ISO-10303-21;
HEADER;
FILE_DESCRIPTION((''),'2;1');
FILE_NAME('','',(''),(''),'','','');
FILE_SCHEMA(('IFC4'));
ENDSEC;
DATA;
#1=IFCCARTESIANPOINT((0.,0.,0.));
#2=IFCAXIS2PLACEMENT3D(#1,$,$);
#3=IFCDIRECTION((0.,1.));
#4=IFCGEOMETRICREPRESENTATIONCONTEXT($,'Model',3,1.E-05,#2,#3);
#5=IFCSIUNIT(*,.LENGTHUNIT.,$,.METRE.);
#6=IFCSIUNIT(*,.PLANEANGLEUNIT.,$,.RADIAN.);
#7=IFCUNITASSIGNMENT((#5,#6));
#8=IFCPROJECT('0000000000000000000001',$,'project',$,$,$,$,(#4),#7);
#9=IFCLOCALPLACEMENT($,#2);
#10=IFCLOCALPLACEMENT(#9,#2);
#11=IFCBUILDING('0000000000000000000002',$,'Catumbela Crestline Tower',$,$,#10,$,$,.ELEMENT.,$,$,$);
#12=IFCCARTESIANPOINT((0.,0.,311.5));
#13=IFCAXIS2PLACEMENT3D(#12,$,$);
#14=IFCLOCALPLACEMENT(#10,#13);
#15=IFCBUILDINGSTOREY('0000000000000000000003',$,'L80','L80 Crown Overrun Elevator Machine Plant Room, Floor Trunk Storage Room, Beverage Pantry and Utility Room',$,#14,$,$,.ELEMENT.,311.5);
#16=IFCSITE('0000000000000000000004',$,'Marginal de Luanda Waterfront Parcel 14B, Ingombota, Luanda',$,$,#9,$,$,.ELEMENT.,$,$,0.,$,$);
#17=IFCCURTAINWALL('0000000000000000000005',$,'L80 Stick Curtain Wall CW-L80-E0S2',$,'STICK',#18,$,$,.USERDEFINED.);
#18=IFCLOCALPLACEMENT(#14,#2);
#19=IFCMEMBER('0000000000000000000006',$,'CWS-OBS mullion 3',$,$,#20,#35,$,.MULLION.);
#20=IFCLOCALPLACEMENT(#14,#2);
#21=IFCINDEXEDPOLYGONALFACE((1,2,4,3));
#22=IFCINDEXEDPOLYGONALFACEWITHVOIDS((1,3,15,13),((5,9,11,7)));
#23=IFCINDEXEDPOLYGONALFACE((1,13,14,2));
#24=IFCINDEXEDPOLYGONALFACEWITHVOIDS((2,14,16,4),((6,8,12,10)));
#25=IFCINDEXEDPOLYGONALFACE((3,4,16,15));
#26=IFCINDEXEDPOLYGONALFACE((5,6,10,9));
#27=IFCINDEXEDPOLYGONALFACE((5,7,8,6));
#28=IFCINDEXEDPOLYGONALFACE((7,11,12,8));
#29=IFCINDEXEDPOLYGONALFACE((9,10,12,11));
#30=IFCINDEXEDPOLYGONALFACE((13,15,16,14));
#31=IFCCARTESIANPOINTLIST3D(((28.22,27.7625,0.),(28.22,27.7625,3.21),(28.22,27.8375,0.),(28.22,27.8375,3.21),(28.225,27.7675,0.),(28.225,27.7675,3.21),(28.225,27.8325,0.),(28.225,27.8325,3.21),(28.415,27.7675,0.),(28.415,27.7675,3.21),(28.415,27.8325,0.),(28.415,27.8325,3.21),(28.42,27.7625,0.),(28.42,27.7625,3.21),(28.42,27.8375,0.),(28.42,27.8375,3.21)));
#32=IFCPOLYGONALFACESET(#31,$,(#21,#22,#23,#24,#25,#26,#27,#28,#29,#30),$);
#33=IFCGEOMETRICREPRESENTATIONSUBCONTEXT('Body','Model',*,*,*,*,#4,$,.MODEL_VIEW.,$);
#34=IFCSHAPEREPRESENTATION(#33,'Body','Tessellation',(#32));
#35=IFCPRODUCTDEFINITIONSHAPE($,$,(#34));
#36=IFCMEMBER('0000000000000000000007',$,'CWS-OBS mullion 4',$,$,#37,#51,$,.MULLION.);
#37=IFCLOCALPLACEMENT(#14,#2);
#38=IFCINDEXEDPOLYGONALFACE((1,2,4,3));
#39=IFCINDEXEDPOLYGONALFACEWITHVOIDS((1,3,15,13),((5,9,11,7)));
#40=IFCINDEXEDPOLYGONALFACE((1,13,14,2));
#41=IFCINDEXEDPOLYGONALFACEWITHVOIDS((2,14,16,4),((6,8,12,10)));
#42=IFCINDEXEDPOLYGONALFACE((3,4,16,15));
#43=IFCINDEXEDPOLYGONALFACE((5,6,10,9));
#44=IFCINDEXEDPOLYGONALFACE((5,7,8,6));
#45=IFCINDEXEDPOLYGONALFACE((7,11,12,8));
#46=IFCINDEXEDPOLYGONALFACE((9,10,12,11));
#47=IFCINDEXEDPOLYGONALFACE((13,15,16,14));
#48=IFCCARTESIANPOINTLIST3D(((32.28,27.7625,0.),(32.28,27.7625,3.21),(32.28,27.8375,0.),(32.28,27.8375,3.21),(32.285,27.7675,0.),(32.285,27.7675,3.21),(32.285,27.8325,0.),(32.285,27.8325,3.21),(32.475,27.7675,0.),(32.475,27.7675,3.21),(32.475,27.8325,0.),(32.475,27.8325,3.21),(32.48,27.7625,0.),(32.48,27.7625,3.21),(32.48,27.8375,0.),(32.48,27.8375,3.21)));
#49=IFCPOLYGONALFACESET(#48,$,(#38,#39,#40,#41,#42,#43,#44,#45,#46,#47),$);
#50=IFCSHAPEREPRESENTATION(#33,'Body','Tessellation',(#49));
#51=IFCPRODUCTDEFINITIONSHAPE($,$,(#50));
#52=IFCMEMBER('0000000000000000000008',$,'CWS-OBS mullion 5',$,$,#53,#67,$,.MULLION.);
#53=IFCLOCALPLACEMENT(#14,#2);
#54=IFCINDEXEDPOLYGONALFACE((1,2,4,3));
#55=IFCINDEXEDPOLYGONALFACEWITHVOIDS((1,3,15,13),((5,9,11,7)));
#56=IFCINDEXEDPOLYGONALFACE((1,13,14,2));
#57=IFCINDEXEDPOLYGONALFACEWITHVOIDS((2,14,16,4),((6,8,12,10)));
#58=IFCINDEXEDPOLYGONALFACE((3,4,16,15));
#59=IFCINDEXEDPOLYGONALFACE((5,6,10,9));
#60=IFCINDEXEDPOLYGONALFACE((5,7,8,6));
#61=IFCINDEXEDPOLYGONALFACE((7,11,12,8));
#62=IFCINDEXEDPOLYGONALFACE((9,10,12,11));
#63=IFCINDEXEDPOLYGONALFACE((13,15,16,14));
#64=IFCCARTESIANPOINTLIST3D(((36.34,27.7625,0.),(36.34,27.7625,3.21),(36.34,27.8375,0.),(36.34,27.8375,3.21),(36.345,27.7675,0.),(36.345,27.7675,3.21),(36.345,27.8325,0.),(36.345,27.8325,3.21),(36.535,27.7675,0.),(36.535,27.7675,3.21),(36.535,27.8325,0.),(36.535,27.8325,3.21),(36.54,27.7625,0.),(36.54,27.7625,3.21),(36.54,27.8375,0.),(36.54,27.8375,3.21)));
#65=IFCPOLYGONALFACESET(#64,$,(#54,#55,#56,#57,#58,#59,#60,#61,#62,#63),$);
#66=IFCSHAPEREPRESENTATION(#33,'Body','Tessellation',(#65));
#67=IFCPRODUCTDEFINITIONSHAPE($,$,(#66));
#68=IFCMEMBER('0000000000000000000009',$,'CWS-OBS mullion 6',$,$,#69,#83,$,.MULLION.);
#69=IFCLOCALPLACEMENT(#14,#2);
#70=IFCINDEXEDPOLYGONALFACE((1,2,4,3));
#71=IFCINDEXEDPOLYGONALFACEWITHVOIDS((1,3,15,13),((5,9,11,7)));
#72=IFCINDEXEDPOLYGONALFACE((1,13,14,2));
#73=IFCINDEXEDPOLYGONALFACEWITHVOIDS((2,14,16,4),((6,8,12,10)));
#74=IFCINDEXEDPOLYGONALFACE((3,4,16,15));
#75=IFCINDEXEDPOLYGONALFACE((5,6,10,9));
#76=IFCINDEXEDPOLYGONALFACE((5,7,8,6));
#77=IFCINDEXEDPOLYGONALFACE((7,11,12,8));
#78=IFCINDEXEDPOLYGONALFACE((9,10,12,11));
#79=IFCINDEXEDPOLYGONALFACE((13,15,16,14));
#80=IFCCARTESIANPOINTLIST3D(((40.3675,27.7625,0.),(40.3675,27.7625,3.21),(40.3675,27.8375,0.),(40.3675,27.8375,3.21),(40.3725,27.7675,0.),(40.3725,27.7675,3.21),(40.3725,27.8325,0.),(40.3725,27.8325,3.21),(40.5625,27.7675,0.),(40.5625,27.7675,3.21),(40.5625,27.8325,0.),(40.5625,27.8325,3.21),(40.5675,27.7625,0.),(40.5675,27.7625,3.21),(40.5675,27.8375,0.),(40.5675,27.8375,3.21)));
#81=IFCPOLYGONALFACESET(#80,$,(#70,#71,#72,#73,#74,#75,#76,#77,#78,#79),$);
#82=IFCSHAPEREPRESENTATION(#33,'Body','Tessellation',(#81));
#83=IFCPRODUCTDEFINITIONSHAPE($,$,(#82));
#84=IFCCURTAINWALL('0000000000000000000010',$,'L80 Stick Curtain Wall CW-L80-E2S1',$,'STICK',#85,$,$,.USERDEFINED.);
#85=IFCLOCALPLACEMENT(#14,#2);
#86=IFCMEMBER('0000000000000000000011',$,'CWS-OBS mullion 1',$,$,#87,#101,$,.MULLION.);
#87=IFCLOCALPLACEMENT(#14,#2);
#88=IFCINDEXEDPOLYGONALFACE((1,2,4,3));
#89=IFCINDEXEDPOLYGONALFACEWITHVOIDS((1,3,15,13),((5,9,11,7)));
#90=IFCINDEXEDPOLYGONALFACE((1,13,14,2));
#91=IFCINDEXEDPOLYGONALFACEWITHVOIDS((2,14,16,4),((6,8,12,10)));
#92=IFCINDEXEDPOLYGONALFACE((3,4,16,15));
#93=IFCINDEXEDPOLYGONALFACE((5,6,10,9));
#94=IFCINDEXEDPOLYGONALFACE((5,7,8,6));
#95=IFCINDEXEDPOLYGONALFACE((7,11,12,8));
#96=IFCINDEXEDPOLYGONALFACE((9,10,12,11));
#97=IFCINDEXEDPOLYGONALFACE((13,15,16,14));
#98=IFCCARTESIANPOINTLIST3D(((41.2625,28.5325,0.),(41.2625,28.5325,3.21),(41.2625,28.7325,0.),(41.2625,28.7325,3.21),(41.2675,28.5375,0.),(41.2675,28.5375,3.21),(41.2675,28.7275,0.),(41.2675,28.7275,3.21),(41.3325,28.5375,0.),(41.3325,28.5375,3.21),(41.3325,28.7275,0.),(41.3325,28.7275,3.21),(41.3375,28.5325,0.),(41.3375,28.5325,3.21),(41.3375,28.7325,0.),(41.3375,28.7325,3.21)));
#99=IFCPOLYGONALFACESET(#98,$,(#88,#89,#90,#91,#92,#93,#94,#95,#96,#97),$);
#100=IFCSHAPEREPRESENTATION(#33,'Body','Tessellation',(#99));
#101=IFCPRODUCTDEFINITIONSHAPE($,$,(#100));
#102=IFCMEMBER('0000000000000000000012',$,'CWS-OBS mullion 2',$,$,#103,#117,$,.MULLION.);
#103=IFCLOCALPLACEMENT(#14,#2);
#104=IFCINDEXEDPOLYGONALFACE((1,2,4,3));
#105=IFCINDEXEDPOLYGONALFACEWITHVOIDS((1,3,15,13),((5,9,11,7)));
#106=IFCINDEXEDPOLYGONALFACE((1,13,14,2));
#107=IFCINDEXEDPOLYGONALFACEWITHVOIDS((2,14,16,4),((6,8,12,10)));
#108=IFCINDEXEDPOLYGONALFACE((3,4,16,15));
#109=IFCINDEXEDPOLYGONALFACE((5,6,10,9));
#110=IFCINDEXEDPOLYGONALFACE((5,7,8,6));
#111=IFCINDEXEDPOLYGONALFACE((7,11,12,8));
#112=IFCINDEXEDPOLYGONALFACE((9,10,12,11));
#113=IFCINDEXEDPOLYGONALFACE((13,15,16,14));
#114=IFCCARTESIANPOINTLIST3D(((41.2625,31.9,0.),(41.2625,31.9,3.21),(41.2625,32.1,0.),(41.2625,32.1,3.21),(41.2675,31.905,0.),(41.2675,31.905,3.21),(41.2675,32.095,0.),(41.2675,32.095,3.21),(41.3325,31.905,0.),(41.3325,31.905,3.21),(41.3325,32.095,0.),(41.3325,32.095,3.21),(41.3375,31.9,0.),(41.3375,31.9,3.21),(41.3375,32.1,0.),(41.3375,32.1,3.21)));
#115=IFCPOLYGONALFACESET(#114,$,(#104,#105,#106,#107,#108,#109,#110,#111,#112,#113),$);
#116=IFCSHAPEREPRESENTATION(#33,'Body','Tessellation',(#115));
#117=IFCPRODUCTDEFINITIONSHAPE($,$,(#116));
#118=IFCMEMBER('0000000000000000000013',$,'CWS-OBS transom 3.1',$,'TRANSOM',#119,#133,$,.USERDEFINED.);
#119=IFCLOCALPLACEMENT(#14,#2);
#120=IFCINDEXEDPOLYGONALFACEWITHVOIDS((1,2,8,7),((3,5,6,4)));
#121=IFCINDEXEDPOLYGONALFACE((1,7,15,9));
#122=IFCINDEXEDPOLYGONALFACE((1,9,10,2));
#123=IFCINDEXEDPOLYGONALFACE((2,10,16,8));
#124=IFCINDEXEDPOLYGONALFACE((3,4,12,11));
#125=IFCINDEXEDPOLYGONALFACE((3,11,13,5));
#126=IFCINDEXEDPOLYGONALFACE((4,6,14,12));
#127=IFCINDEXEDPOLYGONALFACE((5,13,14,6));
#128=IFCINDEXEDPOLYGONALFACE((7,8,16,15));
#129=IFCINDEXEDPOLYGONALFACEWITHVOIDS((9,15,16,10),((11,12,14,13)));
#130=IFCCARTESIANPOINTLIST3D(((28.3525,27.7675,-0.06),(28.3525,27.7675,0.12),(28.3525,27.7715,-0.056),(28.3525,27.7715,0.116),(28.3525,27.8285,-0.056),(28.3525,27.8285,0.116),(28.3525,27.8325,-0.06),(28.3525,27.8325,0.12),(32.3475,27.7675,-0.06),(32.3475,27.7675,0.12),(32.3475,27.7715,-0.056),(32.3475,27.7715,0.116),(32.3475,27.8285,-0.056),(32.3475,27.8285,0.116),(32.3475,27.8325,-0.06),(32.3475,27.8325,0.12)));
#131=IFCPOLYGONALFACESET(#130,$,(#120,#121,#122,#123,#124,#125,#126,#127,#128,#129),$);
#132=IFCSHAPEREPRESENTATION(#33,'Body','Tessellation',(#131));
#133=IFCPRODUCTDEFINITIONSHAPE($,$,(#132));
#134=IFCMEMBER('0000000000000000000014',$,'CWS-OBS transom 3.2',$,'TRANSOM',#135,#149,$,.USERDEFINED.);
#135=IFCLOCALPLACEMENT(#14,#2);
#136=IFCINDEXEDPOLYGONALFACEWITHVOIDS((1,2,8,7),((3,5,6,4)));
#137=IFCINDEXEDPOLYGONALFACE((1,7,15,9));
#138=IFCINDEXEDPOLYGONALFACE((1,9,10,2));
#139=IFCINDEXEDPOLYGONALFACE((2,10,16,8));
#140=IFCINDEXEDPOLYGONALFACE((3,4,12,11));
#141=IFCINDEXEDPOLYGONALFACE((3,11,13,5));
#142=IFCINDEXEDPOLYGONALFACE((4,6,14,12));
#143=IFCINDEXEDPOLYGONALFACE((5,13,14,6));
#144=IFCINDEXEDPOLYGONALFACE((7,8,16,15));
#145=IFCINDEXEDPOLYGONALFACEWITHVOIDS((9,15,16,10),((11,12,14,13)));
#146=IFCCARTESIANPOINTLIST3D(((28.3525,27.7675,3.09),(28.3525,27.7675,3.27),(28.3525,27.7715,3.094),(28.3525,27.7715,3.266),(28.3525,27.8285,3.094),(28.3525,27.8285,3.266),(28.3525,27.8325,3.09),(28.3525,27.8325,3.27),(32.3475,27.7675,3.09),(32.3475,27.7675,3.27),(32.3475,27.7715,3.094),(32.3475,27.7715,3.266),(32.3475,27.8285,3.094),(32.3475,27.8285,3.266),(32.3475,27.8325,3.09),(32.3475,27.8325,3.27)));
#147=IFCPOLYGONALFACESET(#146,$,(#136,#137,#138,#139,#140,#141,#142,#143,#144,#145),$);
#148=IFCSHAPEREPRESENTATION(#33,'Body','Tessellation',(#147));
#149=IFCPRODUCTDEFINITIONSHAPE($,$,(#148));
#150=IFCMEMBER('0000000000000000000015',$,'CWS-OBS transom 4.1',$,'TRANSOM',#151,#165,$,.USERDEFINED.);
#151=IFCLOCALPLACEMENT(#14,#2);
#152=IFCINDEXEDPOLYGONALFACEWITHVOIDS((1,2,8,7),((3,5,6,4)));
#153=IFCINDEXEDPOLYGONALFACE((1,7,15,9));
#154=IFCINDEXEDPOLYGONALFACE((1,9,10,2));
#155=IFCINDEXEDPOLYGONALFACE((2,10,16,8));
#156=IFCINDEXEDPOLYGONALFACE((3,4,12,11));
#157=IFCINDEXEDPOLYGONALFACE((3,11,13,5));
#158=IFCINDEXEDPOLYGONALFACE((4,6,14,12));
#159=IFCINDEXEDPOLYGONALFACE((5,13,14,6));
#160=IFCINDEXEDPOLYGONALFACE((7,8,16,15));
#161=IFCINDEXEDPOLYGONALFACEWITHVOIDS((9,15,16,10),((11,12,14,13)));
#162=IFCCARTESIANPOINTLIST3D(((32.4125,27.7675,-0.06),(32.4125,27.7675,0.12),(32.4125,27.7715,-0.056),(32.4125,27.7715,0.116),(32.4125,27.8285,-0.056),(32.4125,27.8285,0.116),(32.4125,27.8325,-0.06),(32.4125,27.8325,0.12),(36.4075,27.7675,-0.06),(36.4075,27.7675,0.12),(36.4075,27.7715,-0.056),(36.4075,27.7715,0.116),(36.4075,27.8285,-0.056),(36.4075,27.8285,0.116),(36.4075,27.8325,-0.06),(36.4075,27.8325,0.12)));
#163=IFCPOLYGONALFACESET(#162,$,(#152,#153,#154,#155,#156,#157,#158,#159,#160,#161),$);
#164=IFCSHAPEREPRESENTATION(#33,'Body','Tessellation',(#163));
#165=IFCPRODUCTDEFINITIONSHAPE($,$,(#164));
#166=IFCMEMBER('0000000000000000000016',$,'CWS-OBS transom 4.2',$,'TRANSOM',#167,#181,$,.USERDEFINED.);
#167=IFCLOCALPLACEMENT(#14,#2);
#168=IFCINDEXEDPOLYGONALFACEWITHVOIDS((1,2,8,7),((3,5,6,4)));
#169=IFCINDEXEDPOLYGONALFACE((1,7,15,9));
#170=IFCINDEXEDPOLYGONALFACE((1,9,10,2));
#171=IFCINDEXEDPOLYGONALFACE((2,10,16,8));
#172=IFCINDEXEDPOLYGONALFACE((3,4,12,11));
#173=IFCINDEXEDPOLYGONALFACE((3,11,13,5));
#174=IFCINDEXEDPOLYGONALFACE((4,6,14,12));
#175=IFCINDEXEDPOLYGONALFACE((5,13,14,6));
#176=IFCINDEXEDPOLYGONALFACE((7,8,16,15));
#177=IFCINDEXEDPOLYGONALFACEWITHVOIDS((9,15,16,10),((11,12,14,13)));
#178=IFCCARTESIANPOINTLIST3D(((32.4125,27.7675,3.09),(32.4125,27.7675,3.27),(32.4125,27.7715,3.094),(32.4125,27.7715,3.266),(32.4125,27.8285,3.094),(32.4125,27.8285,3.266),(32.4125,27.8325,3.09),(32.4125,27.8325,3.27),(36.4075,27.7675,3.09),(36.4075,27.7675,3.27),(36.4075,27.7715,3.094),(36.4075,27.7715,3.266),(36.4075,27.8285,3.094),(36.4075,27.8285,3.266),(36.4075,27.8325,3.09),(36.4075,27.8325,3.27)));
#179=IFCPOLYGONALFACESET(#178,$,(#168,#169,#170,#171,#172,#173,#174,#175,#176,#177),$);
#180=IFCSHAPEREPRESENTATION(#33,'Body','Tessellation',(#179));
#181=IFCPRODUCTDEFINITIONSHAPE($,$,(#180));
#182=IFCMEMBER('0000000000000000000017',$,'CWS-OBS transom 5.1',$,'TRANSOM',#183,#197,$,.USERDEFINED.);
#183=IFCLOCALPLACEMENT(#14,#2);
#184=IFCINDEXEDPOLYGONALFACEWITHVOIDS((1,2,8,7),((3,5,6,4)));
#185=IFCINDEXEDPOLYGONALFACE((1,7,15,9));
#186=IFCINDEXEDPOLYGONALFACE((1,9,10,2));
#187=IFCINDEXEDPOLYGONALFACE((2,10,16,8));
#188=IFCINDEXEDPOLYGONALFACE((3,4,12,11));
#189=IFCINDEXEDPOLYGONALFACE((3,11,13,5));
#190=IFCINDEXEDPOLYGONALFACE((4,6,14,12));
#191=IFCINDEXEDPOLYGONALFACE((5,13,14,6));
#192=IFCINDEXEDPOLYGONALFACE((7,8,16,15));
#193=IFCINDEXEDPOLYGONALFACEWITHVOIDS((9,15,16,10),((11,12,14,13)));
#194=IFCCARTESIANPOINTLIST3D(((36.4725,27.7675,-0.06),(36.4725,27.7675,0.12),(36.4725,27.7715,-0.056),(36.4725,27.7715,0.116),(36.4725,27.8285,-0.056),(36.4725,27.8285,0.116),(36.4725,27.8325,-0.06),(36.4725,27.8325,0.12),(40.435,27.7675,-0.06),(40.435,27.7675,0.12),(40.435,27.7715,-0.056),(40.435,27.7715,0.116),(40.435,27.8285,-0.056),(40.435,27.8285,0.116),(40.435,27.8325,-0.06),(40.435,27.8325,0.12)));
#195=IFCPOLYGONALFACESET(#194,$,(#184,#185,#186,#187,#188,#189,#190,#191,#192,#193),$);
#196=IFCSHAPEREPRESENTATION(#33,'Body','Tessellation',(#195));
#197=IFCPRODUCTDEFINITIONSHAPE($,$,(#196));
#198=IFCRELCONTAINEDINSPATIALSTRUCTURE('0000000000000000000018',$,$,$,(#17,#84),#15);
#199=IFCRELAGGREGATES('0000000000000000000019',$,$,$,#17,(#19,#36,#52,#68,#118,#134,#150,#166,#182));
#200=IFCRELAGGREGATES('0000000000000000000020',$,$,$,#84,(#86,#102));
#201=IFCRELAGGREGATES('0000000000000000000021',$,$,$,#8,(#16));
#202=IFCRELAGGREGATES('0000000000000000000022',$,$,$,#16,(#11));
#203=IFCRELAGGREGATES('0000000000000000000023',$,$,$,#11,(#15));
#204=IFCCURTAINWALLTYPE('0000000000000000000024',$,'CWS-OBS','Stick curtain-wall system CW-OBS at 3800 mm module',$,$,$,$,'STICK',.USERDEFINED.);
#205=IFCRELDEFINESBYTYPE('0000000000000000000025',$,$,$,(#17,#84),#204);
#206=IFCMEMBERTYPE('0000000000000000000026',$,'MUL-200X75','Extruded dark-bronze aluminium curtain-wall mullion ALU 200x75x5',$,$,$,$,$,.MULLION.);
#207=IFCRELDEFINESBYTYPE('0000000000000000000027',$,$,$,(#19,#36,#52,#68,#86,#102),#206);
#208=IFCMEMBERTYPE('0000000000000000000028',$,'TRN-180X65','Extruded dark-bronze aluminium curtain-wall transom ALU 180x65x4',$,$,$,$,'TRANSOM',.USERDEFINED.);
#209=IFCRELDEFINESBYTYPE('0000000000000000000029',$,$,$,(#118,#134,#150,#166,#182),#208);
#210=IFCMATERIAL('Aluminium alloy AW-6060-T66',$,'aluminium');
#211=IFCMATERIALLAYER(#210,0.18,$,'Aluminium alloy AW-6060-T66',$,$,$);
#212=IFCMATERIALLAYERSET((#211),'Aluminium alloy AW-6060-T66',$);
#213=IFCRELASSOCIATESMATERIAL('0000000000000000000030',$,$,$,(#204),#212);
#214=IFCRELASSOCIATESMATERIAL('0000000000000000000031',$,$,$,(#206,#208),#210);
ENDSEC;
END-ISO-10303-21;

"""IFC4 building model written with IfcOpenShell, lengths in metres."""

from ifc_helpers import new_model, si_unit, direction, frame, origin, origin_2d, place, context, subcontext, project, spatial, hollow_rectangle, extrude, material, layer, layer_set, material_profile, profile_set, type_object, element, aggregate, save


model = new_model("IFC4")

# Units and contexts
model_context = context("Model", 3, precision=1e-05, world=origin(), true_north=direction((0.0, 1.0)))
body_context = subcontext(model_context, "Body", "Model", "MODEL_VIEW")
ifc_project = project(units=[si_unit("LENGTHUNIT", "METRE"), si_unit("PLANEANGLEUNIT", "RADIAN")], contexts=[model_context])

# Site, building, storey
site_placement = place(None, origin())
site = spatial("IfcSite", under=ifc_project, at=site_placement, Name="Marginal de Luanda Waterfront Parcel 14B, Ingombota, Luanda", CompositionType="ELEMENT", RefElevation=0.0)
building_placement = place(site_placement, origin())
building = spatial("IfcBuilding", under=site, at=building_placement, Name="Catumbela Crestline Tower", CompositionType="ELEMENT")
storey_placement = place(building_placement, frame((0.0, 0.0, 311.5)))
storey = spatial("IfcBuildingStorey", under=building, at=storey_placement, Name="L80", Description="L80 Crown Overrun Elevator Machine Plant Room, Floor Trunk Storage Room, Beverage Pantry and Utility Room", CompositionType="ELEMENT", Elevation=311.5)

# Curtain walls, members
ifc_material_1 = material(Name="Aluminium alloy AW-6060-T66", Category="aluminium")
ifc_layer_1 = layer(ifc_material_1, 0.18, Name="Aluminium alloy AW-6060-T66")
ifc_layer_set_1 = layer_set([ifc_layer_1], Name="Aluminium alloy AW-6060-T66")
curtain_wall_type = type_object("IfcCurtainWallType", Name="CWS-OBS", Description="Stick curtain-wall system CW-OBS at 3800 mm module", ElementType="STICK", PredefinedType="USERDEFINED", material=ifc_layer_set_1)
curtain_wall_1_placement = place(storey_placement, origin())
curtain_wall_1 = element("IfcCurtainWall", 1, at=curtain_wall_1_placement, inside=storey, type_object=curtain_wall_type, Name="L80 Stick Curtain Wall CW-L80-E0S2", ObjectType="STICK", PredefinedType="USERDEFINED")
ifc_material_profile_1 = material_profile(ifc_material_1, hollow_rectangle(XDim=0.075, YDim=0.2, WallThickness=0.005, at=origin_2d()), Name="ALU 200x75x5")
ifc_profile_set_1 = profile_set([ifc_material_profile_1], Name="Aluminium alloy AW-6060-T66")
member_type_1 = type_object("IfcMemberType", Name="MUL-200X75", Description="Extruded dark-bronze aluminium curtain-wall mullion ALU 200x75x5", PredefinedType="MULLION", material=ifc_profile_set_1)
member_1_placement = place(storey_placement, frame((28.32, 27.8, 0.0), z_axis=(0.0, 0.0, 1.0), x_axis=(0.0, 1.0, 0.0)))
member_1 = element("IfcMember", 2, at=member_1_placement, type_object=member_type_1, Name="CWS-OBS mullion 3", PredefinedType="MULLION", context=body_context, shape_type="SweptSolid", body=[
    extrude(hollow_rectangle(XDim=0.075, YDim=0.2, WallThickness=0.005, at=origin_2d()), origin(), (0.0, 0.0, 1.0), 3.21),
])
member_2_placement = place(storey_placement, frame((32.38, 27.8, 0.0), z_axis=(0.0, 0.0, 1.0), x_axis=(0.0, 1.0, 0.0)))
member_2 = element("IfcMember", 3, at=member_2_placement, type_object=member_type_1, Name="CWS-OBS mullion 4", PredefinedType="MULLION", context=body_context, shape_type="SweptSolid", body=[
    extrude(hollow_rectangle(XDim=0.075, YDim=0.2, WallThickness=0.005, at=origin_2d()), origin(), (0.0, 0.0, 1.0), 3.21),
])
member_3_placement = place(storey_placement, frame((36.44, 27.8, 0.0), z_axis=(0.0, 0.0, 1.0), x_axis=(0.0, 1.0, 0.0)))
member_3 = element("IfcMember", 4, at=member_3_placement, type_object=member_type_1, Name="CWS-OBS mullion 5", PredefinedType="MULLION", context=body_context, shape_type="SweptSolid", body=[
    extrude(hollow_rectangle(XDim=0.075, YDim=0.2, WallThickness=0.005, at=origin_2d()), origin(), (0.0, 0.0, 1.0), 3.21),
])
member_4_placement = place(storey_placement, frame((40.4675, 27.8, 0.0), z_axis=(0.0, 0.0, 1.0), x_axis=(0.0, 1.0, 0.0)))
member_4 = element("IfcMember", 5, at=member_4_placement, type_object=member_type_1, Name="CWS-OBS mullion 6", PredefinedType="MULLION", context=body_context, shape_type="SweptSolid", body=[
    extrude(hollow_rectangle(XDim=0.075, YDim=0.2, WallThickness=0.005, at=origin_2d()), origin(), (0.0, 0.0, 1.0), 3.21),
])
curtain_wall_2_placement = place(storey_placement, origin())
curtain_wall_2 = element("IfcCurtainWall", 6, at=curtain_wall_2_placement, inside=storey, type_object=curtain_wall_type, Name="L80 Stick Curtain Wall CW-L80-E2S1", ObjectType="STICK", PredefinedType="USERDEFINED")
member_5_placement = place(storey_placement, frame((41.3, 28.6325, 0.0), z_axis=(0.0, 0.0, 1.0), x_axis=(-1.0, 0.0, 0.0)))
member_5 = element("IfcMember", 7, at=member_5_placement, type_object=member_type_1, Name="CWS-OBS mullion 1", PredefinedType="MULLION", context=body_context, shape_type="SweptSolid", body=[
    extrude(hollow_rectangle(XDim=0.075, YDim=0.2, WallThickness=0.005, at=origin_2d()), origin(), (0.0, 0.0, 1.0), 3.21),
])
member_6_placement = place(storey_placement, frame((41.3, 32.0, 0.0), z_axis=(0.0, 0.0, 1.0), x_axis=(-1.0, 0.0, 0.0)))
member_6 = element("IfcMember", 8, at=member_6_placement, type_object=member_type_1, Name="CWS-OBS mullion 2", PredefinedType="MULLION", context=body_context, shape_type="SweptSolid", body=[
    extrude(hollow_rectangle(XDim=0.075, YDim=0.2, WallThickness=0.005, at=origin_2d()), origin(), (0.0, 0.0, 1.0), 3.21),
])

# Members
ifc_material_profile_2 = material_profile(ifc_material_1, hollow_rectangle(XDim=0.065, YDim=0.18, WallThickness=0.004, at=origin_2d()), Name="ALU 180x65x4")
ifc_profile_set_2 = profile_set([ifc_material_profile_2], Name="Aluminium alloy AW-6060-T66")
member_type_2 = type_object("IfcMemberType", Name="TRN-180X65", Description="Extruded dark-bronze aluminium curtain-wall transom ALU 180x65x4", ElementType="TRANSOM", PredefinedType="USERDEFINED", material=ifc_profile_set_2)
member_7_placement = place(storey_placement, frame((28.3525, 27.8, 0.03), z_axis=(1.0, 0.0, 0.0), x_axis=(0.0, 1.0, 0.0)))
member_7 = element("IfcMember", 9, at=member_7_placement, type_object=member_type_2, Name="CWS-OBS transom 3.1", ObjectType="TRANSOM", PredefinedType="USERDEFINED", context=body_context, shape_type="SweptSolid", body=[
    extrude(hollow_rectangle(XDim=0.065, YDim=0.18, WallThickness=0.004, at=origin_2d()), origin(), (0.0, 0.0, 1.0), 3.995),
])
member_8_placement = place(storey_placement, frame((28.3525, 27.8, 3.18), z_axis=(1.0, 0.0, 0.0), x_axis=(0.0, 1.0, 0.0)))
member_8 = element("IfcMember", 10, at=member_8_placement, type_object=member_type_2, Name="CWS-OBS transom 3.2", ObjectType="TRANSOM", PredefinedType="USERDEFINED", context=body_context, shape_type="SweptSolid", body=[
    extrude(hollow_rectangle(XDim=0.065, YDim=0.18, WallThickness=0.004, at=origin_2d()), origin(), (0.0, 0.0, 1.0), 3.995),
])
member_9_placement = place(storey_placement, frame((32.4125, 27.8, 0.03), z_axis=(1.0, 0.0, 0.0), x_axis=(0.0, 1.0, 0.0)))
member_9 = element("IfcMember", 11, at=member_9_placement, type_object=member_type_2, Name="CWS-OBS transom 4.1", ObjectType="TRANSOM", PredefinedType="USERDEFINED", context=body_context, shape_type="SweptSolid", body=[
    extrude(hollow_rectangle(XDim=0.065, YDim=0.18, WallThickness=0.004, at=origin_2d()), origin(), (0.0, 0.0, 1.0), 3.995),
])
member_10_placement = place(storey_placement, frame((32.4125, 27.8, 3.18), z_axis=(1.0, 0.0, 0.0), x_axis=(0.0, 1.0, 0.0)))
member_10 = element("IfcMember", 12, at=member_10_placement, type_object=member_type_2, Name="CWS-OBS transom 4.2", ObjectType="TRANSOM", PredefinedType="USERDEFINED", context=body_context, shape_type="SweptSolid", body=[
    extrude(hollow_rectangle(XDim=0.065, YDim=0.18, WallThickness=0.004, at=origin_2d()), origin(), (0.0, 0.0, 1.0), 3.995),
])
member_11_placement = place(storey_placement, frame((36.4725, 27.8, 0.03), z_axis=(1.0, 0.0, 0.0), x_axis=(0.0, 1.0, 0.0)))
member_11 = element("IfcMember", 13, at=member_11_placement, type_object=member_type_2, Name="CWS-OBS transom 5.1", ObjectType="TRANSOM", PredefinedType="USERDEFINED", context=body_context, shape_type="SweptSolid", body=[
    extrude(hollow_rectangle(XDim=0.065, YDim=0.18, WallThickness=0.004, at=origin_2d()), origin(), (0.0, 0.0, 1.0), 3.9625),
])

aggregate(curtain_wall_1, [member_1, member_2, member_3, member_4, member_7, member_8, member_9, member_10, member_11])
aggregate(curtain_wall_2, [member_5, member_6])

save(model, "model.ifc")
